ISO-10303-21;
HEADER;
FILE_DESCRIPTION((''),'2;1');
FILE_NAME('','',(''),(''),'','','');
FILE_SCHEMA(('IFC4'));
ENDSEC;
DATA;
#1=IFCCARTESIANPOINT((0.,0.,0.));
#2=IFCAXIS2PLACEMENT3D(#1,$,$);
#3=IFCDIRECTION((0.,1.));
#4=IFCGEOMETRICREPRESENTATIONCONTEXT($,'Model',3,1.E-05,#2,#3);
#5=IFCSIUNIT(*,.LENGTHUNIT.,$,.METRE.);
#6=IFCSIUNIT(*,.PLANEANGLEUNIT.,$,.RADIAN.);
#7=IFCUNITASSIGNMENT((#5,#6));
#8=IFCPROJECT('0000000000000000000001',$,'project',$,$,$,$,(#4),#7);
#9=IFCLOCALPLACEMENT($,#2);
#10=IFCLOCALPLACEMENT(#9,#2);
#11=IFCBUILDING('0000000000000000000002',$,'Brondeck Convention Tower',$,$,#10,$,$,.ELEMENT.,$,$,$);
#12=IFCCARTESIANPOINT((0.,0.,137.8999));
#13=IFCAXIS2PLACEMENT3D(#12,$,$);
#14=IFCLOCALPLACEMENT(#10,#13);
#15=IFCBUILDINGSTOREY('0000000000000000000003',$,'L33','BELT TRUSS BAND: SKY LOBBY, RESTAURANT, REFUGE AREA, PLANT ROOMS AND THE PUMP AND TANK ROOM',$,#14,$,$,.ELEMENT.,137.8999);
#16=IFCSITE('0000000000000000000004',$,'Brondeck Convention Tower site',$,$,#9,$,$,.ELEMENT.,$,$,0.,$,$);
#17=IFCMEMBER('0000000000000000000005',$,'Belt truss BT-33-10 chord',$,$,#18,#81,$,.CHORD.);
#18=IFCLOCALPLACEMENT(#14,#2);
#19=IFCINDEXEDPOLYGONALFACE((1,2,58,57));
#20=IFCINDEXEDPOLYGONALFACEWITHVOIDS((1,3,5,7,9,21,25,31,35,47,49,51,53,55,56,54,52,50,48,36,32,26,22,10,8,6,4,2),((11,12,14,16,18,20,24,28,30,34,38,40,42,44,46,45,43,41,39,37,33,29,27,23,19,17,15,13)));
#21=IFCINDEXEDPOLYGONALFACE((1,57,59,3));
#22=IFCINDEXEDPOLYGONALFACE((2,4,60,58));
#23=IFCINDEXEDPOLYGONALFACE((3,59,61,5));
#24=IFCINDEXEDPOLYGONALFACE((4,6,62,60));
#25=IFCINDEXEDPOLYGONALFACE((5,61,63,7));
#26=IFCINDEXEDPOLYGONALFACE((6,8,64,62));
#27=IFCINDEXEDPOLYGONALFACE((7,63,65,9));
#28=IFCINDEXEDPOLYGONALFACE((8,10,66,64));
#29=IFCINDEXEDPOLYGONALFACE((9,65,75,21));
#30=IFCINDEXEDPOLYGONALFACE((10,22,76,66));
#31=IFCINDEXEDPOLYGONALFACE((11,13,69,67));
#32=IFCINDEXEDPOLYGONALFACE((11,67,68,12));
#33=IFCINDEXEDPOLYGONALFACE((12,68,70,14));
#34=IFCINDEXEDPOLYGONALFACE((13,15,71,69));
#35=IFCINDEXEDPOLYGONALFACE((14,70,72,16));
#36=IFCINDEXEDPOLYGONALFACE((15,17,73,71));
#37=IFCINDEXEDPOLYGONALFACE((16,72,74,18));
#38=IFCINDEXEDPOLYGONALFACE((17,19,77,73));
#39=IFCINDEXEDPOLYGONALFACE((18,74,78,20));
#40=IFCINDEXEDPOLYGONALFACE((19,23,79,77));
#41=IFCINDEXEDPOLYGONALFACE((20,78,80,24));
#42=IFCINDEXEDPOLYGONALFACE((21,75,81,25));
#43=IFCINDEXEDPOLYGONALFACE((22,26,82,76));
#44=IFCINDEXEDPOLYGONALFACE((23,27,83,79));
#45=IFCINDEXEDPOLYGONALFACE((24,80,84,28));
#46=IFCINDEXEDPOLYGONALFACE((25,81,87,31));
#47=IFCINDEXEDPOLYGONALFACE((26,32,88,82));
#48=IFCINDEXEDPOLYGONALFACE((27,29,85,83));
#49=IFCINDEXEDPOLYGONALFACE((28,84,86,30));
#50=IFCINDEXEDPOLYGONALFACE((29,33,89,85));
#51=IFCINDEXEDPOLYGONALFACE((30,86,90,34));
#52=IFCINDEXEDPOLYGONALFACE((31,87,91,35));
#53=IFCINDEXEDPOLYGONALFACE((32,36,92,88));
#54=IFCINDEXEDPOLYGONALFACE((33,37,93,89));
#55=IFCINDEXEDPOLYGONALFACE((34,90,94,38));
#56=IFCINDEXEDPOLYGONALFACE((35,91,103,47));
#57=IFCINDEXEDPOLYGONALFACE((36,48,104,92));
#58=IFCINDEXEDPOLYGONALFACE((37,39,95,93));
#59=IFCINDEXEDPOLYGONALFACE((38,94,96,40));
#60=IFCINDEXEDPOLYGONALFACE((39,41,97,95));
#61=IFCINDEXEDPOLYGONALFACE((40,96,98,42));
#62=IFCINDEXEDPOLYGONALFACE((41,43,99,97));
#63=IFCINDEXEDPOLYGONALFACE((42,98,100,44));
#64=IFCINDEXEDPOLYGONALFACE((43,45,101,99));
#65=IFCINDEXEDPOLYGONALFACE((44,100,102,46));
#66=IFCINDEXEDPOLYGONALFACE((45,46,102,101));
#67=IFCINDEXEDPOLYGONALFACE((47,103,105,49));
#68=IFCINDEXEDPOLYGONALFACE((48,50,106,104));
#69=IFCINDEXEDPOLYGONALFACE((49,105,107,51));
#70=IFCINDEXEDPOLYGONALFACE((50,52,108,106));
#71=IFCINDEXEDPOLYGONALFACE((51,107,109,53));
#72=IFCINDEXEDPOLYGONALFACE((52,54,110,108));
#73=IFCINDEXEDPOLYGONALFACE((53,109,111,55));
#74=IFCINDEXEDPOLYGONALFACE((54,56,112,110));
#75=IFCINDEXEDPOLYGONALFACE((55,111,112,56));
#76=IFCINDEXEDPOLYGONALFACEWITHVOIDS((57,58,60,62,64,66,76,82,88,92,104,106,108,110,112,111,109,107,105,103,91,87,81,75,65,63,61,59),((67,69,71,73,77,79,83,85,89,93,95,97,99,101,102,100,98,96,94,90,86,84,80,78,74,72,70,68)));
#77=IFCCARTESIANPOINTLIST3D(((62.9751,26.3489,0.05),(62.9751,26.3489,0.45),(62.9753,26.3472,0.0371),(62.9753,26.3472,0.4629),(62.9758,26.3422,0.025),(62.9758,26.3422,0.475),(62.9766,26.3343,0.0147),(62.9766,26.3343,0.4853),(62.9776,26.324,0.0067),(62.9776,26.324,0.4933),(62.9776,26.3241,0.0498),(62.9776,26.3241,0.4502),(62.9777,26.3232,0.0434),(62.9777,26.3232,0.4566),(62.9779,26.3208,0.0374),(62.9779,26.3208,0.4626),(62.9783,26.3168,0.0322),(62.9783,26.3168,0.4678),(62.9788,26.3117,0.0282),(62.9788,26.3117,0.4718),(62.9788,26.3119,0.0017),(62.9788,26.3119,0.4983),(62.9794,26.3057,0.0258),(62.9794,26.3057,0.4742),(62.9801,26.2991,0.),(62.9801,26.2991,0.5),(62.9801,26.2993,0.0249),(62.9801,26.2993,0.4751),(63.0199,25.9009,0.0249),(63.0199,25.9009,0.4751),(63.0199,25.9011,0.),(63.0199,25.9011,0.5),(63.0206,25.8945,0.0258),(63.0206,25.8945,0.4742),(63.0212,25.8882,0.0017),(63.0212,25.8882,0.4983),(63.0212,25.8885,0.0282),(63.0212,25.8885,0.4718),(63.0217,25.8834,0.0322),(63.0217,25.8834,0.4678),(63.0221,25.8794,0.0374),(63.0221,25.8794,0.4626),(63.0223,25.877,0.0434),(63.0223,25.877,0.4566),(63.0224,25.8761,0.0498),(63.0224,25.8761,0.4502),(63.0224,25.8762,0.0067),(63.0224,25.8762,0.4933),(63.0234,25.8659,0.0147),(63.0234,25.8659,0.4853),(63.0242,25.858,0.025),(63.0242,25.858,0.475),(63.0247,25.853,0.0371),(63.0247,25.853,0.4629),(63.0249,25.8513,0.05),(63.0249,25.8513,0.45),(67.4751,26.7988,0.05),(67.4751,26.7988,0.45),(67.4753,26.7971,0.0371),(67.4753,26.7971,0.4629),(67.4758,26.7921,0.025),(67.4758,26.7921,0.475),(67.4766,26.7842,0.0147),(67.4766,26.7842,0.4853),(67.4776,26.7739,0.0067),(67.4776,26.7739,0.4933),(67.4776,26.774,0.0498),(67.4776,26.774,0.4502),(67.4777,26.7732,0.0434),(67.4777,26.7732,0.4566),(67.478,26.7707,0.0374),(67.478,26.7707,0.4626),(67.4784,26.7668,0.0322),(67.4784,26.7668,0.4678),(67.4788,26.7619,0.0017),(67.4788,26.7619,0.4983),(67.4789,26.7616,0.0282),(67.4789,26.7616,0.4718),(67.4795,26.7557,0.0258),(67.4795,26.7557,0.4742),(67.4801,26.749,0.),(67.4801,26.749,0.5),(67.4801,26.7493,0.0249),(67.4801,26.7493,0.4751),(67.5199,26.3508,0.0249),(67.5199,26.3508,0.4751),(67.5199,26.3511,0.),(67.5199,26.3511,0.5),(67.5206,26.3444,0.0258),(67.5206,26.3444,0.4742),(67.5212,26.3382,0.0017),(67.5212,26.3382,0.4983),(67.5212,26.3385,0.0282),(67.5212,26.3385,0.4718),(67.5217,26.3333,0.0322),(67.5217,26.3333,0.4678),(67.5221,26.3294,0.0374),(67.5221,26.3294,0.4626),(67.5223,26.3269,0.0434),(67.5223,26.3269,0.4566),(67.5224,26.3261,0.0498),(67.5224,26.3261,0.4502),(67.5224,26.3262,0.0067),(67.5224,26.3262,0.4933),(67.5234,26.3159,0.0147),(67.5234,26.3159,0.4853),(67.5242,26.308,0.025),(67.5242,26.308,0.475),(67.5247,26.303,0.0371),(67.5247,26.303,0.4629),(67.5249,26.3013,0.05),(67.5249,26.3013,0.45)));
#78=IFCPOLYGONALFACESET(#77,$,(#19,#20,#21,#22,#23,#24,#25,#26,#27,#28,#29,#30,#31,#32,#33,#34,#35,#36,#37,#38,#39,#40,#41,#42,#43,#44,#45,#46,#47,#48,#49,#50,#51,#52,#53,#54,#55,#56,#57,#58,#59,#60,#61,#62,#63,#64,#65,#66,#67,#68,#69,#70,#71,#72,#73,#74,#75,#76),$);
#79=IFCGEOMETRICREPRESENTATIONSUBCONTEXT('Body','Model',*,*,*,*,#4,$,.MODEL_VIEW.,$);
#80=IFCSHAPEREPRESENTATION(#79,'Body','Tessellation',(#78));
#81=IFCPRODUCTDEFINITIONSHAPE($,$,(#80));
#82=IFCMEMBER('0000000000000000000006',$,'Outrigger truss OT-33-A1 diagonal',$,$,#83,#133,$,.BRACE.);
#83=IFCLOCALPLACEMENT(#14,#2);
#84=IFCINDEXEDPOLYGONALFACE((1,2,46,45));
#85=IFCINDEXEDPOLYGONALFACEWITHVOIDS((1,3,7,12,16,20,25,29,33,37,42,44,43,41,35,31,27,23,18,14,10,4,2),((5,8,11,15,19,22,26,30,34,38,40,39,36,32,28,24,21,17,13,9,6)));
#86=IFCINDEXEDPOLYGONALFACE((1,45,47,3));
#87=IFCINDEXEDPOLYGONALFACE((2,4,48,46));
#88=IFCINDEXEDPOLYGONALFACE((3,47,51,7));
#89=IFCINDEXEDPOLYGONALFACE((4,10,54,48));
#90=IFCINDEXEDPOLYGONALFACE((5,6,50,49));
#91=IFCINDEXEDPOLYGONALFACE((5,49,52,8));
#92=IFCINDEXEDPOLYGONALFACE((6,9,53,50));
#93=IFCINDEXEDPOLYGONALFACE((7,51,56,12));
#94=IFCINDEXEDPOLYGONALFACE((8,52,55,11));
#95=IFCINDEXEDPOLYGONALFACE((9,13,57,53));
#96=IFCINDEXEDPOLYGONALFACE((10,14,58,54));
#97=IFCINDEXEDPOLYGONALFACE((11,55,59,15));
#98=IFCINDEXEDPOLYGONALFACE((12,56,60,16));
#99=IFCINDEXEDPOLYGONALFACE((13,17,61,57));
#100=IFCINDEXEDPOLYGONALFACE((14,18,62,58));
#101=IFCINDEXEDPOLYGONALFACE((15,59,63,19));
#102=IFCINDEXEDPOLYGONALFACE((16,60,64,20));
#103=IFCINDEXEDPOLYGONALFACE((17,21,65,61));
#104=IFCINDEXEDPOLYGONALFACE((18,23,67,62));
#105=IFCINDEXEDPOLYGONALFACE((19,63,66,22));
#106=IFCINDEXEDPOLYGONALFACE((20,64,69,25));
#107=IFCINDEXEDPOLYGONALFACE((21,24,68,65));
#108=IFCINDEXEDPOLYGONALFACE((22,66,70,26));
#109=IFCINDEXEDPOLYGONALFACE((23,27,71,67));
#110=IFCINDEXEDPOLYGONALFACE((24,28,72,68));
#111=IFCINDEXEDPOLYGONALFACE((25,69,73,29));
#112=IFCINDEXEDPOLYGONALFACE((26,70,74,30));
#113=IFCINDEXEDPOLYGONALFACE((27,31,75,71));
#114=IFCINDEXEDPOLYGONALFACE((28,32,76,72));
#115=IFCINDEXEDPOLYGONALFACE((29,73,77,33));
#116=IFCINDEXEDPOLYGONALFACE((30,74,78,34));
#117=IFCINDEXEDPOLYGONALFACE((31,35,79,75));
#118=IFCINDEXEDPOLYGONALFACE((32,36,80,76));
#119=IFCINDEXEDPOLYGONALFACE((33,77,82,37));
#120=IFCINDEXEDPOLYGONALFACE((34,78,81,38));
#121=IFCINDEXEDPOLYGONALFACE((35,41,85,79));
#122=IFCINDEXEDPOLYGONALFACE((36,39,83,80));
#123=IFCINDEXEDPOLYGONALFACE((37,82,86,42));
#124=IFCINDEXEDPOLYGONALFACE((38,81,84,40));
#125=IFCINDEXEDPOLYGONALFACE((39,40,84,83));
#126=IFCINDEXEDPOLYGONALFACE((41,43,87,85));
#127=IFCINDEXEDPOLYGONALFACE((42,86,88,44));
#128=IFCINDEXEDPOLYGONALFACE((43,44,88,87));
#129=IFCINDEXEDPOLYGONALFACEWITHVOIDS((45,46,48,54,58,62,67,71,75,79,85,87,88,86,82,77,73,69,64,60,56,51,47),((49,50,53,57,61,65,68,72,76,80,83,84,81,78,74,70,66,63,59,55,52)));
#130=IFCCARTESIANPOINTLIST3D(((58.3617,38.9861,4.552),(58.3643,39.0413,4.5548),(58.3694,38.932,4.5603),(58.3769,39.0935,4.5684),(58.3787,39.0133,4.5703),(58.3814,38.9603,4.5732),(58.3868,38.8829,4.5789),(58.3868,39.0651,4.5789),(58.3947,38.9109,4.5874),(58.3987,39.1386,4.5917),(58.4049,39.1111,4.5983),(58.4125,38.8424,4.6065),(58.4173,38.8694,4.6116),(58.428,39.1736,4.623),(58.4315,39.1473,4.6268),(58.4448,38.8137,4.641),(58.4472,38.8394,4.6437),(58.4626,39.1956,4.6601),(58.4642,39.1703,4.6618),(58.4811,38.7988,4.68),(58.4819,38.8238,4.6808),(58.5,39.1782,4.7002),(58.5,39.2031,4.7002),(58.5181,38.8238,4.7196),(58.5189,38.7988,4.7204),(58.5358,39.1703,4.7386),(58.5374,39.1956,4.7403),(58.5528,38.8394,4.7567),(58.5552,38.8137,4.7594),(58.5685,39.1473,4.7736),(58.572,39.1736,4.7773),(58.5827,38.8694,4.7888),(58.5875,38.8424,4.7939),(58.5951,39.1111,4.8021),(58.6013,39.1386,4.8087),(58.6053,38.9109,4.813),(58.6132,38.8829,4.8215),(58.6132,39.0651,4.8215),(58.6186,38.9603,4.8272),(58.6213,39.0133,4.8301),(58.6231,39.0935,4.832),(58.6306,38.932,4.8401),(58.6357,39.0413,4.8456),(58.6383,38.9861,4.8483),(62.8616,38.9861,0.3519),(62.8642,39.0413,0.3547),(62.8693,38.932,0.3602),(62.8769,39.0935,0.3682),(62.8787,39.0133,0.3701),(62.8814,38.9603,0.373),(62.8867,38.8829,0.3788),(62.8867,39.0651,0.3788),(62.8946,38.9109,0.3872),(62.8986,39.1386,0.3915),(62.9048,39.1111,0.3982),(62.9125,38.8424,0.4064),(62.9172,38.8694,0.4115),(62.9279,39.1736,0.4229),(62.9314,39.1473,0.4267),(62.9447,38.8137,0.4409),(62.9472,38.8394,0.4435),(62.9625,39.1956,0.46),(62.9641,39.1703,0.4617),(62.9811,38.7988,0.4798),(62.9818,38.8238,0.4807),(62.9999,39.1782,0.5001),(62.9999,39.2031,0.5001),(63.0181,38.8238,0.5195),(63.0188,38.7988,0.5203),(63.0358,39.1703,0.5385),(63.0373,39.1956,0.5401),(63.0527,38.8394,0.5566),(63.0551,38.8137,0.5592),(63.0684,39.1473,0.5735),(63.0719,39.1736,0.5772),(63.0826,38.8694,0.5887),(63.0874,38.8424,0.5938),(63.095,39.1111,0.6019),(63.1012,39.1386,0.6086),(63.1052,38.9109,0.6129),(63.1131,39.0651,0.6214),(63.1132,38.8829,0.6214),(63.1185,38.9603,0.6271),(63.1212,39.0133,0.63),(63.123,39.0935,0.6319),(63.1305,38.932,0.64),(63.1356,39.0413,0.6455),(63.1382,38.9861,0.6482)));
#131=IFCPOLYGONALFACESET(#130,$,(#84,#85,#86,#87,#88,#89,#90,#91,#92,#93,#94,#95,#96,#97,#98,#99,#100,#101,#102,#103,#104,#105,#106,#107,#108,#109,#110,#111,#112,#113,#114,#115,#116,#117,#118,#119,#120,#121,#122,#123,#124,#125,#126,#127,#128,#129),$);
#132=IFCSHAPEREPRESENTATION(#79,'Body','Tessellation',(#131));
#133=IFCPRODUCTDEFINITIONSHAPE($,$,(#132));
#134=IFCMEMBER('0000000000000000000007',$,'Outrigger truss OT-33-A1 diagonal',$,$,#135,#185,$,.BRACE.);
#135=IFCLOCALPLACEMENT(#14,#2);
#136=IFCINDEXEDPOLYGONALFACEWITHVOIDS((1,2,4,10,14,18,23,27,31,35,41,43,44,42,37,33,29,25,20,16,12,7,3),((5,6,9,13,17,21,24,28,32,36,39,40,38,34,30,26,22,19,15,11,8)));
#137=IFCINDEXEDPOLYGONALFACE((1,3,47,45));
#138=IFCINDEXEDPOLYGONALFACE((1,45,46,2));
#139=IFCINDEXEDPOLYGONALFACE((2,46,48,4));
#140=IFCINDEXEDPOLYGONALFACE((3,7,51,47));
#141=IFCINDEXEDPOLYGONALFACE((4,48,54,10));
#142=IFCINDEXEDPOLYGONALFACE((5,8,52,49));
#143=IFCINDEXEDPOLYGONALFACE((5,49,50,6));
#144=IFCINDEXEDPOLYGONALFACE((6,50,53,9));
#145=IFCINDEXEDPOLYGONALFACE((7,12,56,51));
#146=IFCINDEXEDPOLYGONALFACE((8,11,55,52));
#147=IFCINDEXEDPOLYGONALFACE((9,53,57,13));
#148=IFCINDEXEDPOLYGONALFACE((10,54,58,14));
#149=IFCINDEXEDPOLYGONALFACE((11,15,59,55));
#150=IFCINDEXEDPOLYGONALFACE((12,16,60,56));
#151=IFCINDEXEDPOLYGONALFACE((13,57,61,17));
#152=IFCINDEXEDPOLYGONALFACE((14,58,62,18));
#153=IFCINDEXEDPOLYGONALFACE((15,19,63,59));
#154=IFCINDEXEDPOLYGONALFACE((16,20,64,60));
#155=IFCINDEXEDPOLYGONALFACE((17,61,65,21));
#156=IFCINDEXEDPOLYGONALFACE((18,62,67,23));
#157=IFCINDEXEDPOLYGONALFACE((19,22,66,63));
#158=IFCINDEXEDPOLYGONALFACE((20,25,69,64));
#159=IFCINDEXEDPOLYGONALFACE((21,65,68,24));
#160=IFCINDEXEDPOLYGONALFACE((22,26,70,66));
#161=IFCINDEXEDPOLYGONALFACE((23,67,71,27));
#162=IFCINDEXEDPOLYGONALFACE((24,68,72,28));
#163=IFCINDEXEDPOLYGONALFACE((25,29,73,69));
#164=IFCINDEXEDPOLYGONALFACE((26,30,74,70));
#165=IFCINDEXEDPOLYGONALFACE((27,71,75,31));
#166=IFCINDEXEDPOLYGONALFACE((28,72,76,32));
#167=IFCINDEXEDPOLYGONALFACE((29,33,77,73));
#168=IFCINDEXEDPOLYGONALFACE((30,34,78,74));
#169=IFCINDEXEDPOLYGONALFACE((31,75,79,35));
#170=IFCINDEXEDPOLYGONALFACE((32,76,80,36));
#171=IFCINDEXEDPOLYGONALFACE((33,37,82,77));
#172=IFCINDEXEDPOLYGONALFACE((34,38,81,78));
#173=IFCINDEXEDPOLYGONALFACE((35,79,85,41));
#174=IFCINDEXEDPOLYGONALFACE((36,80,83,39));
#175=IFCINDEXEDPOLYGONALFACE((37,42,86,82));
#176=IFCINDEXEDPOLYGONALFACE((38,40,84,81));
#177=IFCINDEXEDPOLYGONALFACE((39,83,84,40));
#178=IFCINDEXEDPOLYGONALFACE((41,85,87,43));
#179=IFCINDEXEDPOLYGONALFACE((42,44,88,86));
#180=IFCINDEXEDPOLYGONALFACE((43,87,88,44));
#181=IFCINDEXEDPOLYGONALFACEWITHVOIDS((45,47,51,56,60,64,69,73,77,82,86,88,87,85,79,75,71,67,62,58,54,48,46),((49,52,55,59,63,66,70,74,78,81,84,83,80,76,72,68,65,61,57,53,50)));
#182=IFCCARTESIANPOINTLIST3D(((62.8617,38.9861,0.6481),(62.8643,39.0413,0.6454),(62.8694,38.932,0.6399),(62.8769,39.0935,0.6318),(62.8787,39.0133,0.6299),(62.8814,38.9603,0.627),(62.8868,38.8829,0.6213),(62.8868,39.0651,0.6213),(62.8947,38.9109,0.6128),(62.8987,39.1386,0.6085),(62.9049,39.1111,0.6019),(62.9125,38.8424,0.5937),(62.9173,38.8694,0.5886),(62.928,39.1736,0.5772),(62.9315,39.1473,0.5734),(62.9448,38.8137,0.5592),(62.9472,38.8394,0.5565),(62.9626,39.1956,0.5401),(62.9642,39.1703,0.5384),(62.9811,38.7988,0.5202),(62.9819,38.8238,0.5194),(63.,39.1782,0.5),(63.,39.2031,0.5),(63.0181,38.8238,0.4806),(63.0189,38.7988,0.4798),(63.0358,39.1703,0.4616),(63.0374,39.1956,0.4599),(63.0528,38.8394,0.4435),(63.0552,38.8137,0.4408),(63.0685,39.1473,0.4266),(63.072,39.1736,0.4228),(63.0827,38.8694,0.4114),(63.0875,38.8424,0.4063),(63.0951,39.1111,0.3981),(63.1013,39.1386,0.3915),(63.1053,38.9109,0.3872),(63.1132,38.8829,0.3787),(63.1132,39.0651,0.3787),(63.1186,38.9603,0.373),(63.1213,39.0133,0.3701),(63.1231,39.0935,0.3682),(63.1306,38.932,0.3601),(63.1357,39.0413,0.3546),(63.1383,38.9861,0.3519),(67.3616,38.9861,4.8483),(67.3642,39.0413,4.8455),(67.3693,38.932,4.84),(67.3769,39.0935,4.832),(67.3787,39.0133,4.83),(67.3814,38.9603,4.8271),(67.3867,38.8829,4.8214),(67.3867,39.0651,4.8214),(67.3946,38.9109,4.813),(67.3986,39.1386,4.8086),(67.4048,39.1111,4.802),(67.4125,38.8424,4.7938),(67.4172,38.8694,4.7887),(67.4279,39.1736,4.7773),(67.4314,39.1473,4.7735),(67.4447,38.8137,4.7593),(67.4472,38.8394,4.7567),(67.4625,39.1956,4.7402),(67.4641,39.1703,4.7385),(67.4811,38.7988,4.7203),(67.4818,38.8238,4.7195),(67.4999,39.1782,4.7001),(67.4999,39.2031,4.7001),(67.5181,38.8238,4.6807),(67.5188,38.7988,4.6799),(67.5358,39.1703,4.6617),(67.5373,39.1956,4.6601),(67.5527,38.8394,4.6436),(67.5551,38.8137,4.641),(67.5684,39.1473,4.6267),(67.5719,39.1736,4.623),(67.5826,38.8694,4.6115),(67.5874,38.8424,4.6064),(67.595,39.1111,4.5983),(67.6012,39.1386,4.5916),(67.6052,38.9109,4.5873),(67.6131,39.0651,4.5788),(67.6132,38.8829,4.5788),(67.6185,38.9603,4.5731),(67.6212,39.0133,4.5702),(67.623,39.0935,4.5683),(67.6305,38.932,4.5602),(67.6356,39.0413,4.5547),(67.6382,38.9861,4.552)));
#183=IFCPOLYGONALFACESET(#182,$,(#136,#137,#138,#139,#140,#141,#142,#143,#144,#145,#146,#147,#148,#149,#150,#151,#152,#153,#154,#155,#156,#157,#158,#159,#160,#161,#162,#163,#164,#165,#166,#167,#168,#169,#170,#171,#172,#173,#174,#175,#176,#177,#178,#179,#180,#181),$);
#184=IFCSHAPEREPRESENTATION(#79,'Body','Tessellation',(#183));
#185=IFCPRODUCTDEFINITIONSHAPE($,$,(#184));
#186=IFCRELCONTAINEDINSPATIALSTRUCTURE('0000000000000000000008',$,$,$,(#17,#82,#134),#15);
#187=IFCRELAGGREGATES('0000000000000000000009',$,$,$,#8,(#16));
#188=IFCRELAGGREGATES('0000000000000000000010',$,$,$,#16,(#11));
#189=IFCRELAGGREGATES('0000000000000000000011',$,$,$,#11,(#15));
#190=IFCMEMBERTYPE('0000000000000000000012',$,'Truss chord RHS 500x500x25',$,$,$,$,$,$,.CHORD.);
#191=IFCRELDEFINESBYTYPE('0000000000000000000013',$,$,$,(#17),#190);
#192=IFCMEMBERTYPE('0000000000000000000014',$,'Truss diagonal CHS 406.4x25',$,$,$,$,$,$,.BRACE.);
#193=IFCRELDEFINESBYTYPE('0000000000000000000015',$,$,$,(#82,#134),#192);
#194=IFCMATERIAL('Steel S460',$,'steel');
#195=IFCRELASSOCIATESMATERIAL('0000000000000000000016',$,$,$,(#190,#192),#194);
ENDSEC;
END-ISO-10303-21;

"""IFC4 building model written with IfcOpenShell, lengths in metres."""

from ifc_helpers import new_model, si_unit, direction, frame, origin, origin_2d, place, context, subcontext, project, spatial, hollow_rectangle, hollow_circle, extrude, material, material_profile, profile_set, type_object, element, save


model = new_model("IFC4")

# Units and contexts
model_context = context("Model", 3, precision=1e-05, world=origin(), true_north=direction((0.0, 1.0)))
body_context = subcontext(model_context, "Body", "Model", "MODEL_VIEW")
ifc_project = project(units=[si_unit("LENGTHUNIT", "METRE"), si_unit("PLANEANGLEUNIT", "RADIAN")], contexts=[model_context])

# Site, building, storey
site_placement = place(None, origin())
site = spatial("IfcSite", under=ifc_project, at=site_placement, Name="Brondeck Convention Tower site", CompositionType="ELEMENT", RefElevation=0.0)
building_placement = place(site_placement, origin())
building = spatial("IfcBuilding", under=site, at=building_placement, Name="Brondeck Convention Tower", CompositionType="ELEMENT")
storey_placement = place(building_placement, frame((0.0, 0.0, 137.8999)))
storey = spatial("IfcBuildingStorey", under=building, at=storey_placement, Name="L33", Description="BELT TRUSS BAND: SKY LOBBY, RESTAURANT, REFUGE AREA, PLANT ROOMS AND THE PUMP AND TANK ROOM", CompositionType="ELEMENT", Elevation=137.8999)

# Shared definitions
ifc_material_1 = material(Name="Steel S460", Category="steel")

# Members
ifc_material_profile_1 = material_profile(ifc_material_1, hollow_rectangle(XDim=0.5, YDim=0.5, WallThickness=0.0249, InnerFilletRadius=0.0249, OuterFilletRadius=0.05, at=origin_2d()), Name="RHS 500x500x25")
ifc_profile_set_1 = profile_set([ifc_material_profile_1], Name="Steel S460")
member_type_1 = type_object("IfcMemberType", Name="Truss chord RHS 500x500x25", PredefinedType="CHORD", material=ifc_profile_set_1)
member_1_placement = place(storey_placement, frame((63.0, 26.1001, 0.25), z_axis=(0.995038, 0.099493, 0.0), x_axis=(-0.099493, 0.995038, 0.0)))
element("IfcMember", 1, at=member_1_placement, inside=storey, type_object=member_type_1, Name="Belt truss BT-33-10 chord", PredefinedType="CHORD", context=body_context, shape_type="SweptSolid", body=[
    extrude(hollow_rectangle(XDim=0.5, YDim=0.5, WallThickness=0.0249, InnerFilletRadius=0.0249, OuterFilletRadius=0.05, at=origin_2d()), origin(), (0.0, 0.0, 1.0), 4.5225),
])
ifc_material_profile_2 = material_profile(ifc_material_1, hollow_circle(Radius=0.2031, WallThickness=0.0249, at=origin_2d()), Name="CHS 406.4x25")
ifc_profile_set_2 = profile_set([ifc_material_profile_2], Name="Steel S460")
member_type_2 = type_object("IfcMemberType", Name="Truss diagonal CHS 406.4x25", PredefinedType="BRACE", material=ifc_profile_set_2)
for number, where, z_axis, x_axis, name in (
    (2, (58.5, 39.0, 4.7002), (0.731039, 0.0, -0.682335), (0.0, 1.0, 0.0), "Outrigger truss OT-33-A1 diagonal"),
    (3, (63.0, 39.0, 0.5), (0.731039, 0.0, 0.682335), (0.0, 1.0, 0.0), "Outrigger truss OT-33-A1 diagonal"),
):
    element("IfcMember", number, at=place(storey_placement, frame(where, z_axis=z_axis, x_axis=x_axis)), inside=storey, type_object=member_type_2, Name=name, PredefinedType="BRACE", context=body_context, shape_type="SweptSolid", body=[
        extrude(hollow_circle(Radius=0.2031, WallThickness=0.0249, at=origin_2d()), origin(), (0.0, 0.0, 1.0), 6.1555),
    ])

save(model, "model.ifc")
